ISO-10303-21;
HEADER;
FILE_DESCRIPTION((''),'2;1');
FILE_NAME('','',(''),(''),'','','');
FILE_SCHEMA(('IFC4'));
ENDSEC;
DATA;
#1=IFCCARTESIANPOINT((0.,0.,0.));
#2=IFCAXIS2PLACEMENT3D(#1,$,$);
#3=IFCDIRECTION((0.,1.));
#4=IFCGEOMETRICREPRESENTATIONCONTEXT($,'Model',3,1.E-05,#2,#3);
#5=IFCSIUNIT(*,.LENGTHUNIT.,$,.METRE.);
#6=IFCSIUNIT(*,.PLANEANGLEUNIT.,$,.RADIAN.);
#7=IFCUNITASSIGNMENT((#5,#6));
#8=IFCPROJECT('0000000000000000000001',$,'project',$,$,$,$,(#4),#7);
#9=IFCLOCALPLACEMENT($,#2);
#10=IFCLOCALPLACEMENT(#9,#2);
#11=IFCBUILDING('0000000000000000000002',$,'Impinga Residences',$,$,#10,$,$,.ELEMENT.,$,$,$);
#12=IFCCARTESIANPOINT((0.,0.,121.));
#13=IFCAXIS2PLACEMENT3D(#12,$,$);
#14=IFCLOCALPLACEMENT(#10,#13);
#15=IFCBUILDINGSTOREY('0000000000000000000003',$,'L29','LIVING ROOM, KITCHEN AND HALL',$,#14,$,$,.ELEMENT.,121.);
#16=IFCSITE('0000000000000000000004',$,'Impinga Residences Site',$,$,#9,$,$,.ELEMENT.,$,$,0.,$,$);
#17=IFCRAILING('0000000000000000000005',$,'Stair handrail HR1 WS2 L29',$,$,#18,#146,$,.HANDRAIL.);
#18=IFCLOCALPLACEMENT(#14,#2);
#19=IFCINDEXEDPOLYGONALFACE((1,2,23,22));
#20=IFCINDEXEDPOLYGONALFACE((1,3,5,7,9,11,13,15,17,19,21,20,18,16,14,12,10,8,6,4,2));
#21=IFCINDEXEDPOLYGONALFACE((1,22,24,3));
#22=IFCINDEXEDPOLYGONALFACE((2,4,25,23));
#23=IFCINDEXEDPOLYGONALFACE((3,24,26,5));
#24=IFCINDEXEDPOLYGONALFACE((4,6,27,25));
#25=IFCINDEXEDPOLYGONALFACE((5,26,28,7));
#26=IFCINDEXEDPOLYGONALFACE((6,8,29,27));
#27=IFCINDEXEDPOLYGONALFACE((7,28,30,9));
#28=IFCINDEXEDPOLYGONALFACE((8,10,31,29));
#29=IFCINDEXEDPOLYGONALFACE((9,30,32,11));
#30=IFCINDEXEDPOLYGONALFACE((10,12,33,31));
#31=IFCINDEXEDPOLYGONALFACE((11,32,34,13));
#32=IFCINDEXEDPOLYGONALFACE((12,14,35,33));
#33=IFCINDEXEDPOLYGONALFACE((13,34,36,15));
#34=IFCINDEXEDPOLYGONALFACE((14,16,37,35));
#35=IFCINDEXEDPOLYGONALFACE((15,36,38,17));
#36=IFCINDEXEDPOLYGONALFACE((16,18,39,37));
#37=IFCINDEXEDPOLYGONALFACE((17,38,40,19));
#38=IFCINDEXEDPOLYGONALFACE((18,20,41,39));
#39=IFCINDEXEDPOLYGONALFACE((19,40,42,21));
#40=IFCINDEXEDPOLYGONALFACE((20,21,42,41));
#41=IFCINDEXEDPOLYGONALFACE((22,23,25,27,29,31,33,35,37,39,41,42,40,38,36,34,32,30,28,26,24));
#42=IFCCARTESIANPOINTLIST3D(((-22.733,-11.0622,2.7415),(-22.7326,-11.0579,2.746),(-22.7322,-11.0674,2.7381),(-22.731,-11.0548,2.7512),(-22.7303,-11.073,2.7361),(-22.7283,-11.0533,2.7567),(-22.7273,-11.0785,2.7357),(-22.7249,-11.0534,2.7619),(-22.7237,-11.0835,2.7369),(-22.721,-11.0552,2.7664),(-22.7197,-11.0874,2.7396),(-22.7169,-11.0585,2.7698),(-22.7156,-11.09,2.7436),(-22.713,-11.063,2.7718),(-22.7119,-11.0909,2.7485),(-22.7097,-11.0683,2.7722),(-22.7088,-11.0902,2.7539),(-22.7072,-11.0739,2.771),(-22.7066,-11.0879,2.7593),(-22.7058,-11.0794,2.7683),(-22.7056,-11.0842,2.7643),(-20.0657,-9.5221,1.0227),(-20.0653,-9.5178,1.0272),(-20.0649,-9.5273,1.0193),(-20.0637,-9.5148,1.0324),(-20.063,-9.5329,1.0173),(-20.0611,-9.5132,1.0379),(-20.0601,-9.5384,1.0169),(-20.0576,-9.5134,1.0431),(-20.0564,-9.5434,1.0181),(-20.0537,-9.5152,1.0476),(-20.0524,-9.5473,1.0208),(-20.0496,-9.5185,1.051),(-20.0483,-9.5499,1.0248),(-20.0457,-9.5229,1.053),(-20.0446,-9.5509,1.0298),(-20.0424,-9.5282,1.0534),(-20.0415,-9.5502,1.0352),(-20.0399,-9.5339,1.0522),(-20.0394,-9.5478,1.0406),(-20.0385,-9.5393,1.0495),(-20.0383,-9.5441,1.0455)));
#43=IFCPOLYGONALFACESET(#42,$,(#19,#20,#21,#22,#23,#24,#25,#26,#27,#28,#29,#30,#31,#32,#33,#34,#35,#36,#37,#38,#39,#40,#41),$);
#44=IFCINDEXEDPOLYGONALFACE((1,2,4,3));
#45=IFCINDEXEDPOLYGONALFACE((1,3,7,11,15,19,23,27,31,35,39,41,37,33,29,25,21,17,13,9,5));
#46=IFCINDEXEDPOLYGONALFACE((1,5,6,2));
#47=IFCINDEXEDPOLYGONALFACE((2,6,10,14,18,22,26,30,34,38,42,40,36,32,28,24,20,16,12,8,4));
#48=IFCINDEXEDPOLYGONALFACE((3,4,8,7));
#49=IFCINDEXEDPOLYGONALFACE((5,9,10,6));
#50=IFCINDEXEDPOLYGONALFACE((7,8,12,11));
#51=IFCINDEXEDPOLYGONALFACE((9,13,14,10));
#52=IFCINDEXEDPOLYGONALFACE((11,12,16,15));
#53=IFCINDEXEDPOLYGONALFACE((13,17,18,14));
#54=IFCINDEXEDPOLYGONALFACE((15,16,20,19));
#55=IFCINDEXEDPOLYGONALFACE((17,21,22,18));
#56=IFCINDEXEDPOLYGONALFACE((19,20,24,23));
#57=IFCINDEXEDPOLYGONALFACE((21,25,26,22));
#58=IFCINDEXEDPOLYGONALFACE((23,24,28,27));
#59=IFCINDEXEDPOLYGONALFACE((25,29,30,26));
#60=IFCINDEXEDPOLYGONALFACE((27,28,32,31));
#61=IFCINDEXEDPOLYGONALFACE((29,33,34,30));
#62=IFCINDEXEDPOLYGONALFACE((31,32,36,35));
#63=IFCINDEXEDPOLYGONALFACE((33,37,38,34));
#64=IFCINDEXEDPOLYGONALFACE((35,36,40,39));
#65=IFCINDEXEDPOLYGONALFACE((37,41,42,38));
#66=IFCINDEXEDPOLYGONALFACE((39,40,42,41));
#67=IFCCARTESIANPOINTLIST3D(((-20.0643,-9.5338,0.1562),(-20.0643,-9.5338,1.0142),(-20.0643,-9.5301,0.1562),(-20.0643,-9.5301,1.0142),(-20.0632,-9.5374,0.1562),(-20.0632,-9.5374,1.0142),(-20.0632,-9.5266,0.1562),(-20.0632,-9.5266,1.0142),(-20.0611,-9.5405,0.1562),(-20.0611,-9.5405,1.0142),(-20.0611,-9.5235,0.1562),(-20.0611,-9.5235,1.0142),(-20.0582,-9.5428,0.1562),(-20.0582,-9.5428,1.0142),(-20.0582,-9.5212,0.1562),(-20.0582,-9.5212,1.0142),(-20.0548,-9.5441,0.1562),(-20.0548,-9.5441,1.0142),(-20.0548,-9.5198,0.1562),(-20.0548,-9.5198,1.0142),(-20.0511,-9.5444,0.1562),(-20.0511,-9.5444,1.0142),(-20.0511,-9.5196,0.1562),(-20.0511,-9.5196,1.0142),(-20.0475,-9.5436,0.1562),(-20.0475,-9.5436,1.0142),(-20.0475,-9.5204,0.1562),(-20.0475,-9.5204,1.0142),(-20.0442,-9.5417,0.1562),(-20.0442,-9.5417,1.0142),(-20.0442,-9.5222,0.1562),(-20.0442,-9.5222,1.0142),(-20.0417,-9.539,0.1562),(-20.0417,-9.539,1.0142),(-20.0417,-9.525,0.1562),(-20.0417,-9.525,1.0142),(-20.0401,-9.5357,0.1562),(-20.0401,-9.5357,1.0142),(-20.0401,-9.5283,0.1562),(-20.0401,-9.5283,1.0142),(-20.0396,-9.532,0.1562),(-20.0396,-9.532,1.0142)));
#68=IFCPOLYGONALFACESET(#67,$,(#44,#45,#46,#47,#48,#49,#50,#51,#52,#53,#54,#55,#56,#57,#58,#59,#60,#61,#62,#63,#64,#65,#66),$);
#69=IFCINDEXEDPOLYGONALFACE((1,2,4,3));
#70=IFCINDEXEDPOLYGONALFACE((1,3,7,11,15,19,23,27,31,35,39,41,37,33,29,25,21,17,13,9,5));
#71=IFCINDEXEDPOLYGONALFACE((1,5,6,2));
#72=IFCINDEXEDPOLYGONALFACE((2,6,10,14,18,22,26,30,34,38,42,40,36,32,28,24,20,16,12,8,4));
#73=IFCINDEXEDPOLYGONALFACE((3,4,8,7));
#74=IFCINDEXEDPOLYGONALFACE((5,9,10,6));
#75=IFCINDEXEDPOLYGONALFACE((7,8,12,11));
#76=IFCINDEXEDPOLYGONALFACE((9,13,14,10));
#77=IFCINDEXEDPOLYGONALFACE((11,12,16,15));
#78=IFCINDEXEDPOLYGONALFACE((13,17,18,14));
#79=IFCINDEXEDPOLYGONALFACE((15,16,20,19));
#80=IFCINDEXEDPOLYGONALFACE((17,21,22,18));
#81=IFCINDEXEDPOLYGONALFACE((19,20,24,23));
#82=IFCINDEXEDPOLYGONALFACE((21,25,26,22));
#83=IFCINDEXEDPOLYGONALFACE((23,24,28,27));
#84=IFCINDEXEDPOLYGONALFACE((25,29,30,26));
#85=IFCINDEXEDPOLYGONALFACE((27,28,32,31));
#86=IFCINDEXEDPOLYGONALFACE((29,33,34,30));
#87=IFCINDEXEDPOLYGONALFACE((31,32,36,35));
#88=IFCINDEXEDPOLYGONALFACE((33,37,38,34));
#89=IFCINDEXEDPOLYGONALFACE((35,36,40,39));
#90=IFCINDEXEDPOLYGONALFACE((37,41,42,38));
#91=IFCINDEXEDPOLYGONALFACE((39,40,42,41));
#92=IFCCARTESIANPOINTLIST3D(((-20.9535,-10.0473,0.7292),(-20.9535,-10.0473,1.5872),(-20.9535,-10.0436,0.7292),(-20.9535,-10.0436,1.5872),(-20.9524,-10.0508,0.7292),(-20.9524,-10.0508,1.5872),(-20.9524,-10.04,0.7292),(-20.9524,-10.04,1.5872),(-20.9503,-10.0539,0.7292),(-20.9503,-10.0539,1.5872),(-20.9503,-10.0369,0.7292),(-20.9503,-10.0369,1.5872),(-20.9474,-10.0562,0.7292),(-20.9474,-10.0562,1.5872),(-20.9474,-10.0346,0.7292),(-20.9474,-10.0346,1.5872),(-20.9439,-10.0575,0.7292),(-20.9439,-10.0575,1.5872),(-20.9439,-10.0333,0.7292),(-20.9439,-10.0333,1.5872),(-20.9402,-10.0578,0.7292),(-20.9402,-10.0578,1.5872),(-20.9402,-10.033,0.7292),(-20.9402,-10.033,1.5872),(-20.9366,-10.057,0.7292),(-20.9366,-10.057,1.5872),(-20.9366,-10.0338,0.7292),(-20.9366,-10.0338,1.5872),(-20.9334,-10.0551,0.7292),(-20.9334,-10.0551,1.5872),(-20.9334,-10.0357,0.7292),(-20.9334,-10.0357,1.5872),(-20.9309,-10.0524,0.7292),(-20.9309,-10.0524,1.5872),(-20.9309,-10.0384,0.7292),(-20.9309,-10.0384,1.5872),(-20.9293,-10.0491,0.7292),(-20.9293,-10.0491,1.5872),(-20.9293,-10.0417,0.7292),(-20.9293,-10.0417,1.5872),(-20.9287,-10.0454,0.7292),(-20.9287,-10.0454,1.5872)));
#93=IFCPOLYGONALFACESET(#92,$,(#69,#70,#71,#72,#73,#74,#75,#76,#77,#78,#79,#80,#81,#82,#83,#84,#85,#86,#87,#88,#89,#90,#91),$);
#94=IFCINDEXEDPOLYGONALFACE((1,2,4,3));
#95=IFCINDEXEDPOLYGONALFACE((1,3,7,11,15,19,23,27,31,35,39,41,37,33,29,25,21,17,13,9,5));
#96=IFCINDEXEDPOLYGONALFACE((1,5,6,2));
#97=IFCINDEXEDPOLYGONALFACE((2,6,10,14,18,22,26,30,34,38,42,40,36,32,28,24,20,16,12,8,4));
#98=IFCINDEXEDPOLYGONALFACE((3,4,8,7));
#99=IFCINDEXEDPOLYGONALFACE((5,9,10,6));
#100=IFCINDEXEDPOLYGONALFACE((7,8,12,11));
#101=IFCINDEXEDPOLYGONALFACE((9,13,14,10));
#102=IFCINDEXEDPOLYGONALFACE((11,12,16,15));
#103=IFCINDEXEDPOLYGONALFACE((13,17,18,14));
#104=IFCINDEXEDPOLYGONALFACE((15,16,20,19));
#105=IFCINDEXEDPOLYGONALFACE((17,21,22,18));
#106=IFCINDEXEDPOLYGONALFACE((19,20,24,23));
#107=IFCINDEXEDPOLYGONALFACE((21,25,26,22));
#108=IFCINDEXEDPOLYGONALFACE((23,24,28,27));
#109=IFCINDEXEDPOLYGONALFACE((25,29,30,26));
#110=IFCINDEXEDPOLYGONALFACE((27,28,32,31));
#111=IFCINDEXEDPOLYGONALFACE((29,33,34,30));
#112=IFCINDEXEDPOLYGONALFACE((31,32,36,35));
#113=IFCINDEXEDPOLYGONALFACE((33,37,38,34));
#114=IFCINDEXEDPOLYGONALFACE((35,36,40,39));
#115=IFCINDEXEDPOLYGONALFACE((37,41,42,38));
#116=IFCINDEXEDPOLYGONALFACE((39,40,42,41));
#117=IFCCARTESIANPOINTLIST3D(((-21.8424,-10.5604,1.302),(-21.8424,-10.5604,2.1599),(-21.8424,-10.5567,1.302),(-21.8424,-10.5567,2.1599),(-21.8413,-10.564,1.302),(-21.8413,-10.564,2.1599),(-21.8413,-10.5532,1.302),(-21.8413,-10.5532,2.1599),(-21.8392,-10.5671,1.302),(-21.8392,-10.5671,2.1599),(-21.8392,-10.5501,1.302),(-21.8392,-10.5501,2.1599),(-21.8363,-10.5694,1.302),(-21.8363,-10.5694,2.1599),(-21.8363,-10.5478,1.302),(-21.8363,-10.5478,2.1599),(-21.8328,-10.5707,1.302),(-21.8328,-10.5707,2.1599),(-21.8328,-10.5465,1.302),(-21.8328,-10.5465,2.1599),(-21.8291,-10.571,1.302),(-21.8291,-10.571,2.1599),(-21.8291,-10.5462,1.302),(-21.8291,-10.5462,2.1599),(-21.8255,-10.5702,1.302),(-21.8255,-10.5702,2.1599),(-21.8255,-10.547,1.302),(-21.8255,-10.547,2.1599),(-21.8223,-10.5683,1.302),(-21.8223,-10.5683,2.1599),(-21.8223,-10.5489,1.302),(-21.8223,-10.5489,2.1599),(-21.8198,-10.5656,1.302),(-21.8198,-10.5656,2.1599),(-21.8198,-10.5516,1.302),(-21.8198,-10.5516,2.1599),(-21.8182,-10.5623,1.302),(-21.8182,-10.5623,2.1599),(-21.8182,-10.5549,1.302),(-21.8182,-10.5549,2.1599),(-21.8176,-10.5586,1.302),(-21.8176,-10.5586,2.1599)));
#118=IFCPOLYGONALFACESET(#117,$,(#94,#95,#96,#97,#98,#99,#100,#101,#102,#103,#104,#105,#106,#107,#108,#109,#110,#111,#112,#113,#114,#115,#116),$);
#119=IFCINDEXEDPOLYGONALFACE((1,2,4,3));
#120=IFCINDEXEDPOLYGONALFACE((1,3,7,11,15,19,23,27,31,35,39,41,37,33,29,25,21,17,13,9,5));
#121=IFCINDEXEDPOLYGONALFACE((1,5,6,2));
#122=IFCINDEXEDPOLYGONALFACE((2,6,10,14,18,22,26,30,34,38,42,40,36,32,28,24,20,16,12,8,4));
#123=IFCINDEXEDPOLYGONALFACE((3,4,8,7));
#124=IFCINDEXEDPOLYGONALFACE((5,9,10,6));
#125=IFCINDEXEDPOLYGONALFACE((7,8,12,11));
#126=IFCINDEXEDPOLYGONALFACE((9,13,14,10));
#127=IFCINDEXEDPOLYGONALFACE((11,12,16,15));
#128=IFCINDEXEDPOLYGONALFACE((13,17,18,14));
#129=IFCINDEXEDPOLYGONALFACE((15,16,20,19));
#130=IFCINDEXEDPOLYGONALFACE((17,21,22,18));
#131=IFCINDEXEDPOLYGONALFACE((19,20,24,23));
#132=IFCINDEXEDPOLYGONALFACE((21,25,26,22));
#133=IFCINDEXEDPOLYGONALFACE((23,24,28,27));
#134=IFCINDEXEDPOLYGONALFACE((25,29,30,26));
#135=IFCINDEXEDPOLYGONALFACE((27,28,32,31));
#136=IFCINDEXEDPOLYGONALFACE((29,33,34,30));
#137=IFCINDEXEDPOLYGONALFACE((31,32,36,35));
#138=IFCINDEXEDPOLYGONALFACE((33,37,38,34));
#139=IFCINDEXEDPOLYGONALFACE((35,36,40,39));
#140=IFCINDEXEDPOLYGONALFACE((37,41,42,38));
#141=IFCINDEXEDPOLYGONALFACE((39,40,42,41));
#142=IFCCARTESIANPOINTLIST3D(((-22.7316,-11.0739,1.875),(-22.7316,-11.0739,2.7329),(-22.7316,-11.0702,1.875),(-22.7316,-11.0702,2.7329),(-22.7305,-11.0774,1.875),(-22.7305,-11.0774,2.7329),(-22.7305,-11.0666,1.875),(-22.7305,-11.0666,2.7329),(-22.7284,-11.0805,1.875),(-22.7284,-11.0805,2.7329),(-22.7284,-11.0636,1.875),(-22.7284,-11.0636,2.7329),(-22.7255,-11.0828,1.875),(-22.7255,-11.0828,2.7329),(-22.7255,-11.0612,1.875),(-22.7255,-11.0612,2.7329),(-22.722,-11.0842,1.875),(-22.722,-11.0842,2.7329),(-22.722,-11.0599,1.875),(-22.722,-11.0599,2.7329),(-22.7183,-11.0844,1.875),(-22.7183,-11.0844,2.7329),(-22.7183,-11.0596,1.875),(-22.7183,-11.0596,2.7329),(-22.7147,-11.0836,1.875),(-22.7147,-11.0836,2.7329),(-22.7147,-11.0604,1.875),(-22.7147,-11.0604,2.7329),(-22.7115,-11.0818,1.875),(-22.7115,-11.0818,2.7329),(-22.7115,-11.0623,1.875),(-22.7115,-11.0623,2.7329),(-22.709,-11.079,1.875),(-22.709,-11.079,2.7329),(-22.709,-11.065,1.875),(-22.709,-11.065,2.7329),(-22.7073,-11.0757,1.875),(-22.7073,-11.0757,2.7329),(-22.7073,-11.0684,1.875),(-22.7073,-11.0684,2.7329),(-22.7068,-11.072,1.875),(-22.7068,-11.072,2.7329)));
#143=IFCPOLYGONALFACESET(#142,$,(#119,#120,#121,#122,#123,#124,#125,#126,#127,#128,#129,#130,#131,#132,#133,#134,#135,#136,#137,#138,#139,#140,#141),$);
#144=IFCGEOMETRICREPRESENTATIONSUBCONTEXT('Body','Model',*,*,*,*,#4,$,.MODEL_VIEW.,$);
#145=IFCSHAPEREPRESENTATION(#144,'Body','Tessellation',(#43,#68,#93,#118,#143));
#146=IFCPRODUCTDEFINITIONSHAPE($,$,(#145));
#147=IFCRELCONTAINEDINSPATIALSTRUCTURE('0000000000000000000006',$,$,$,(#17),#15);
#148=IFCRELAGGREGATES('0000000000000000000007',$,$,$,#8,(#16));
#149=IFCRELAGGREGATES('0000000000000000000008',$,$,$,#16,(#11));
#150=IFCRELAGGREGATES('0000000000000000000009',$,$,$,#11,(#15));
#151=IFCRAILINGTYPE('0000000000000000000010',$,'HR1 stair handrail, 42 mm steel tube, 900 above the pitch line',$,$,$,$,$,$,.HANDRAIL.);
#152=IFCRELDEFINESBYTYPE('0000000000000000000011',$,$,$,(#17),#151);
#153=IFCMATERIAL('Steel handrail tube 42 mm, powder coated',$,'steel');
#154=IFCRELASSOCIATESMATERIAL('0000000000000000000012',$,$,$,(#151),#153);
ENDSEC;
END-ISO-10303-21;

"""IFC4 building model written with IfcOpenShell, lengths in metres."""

from ifc_helpers import new_model, si_unit, direction, frame, origin, origin_2d, place, context, subcontext, project, spatial, circle, extrude, material, type_object, element, save


model = new_model("IFC4")

# Units and contexts
model_context = context("Model", 3, precision=1e-05, world=origin(), true_north=direction((0.0, 1.0)))
body_context = subcontext(model_context, "Body", "Model", "MODEL_VIEW")
ifc_project = project(units=[si_unit("LENGTHUNIT", "METRE"), si_unit("PLANEANGLEUNIT", "RADIAN")], contexts=[model_context])

# Site, building, storey
site_placement = place(None, origin())
site = spatial("IfcSite", under=ifc_project, at=site_placement, Name="Impinga Residences Site", CompositionType="ELEMENT", RefElevation=0.0)
building_placement = place(site_placement, origin())
building = spatial("IfcBuilding", under=site, at=building_placement, Name="Impinga Residences", CompositionType="ELEMENT")
storey_placement = place(building_placement, frame((0.0, 0.0, 121.0)))
storey = spatial("IfcBuildingStorey", under=building, at=storey_placement, Name="L29", Description="LIVING ROOM, KITCHEN AND HALL", CompositionType="ELEMENT", Elevation=121.0)

# Railing
ifc_material_1 = material(Name="Steel handrail tube 42 mm, powder coated", Category="steel")
railing_type_1 = type_object("IfcRailingType", Name="HR1 stair handrail, 42 mm steel tube, 900 above the pitch line", PredefinedType="HANDRAIL", material=ifc_material_1)
railing_1_placement = place(storey_placement, frame((-20.052, -9.532, 0.1562)))
element("IfcRailing", 1, at=railing_1_placement, inside=storey, type_object=railing_type_1, Name="Stair handrail HR1 WS2 L29", PredefinedType="HANDRAIL", context=body_context, shape_type="SweptSolid", body=[
    extrude(circle(Radius=0.021, at=origin_2d()), frame((0.0, 0.0, 0.8789), z_axis=(-0.756226, -0.436639, 0.487307), x_axis=(0.500027, -0.86601, 0.0)), (0.0, 0.0, 1.0), 3.5271),
    extrude(circle(Radius=0.0125, at=origin_2d()), origin(), (0.0, 0.0, 1.0), 0.8579),
    extrude(circle(Radius=0.0125, at=origin_2d()), frame((-0.8892, -0.5134, 0.573)), (0.0, 0.0, 1.0), 0.8579),
    extrude(circle(Radius=0.0125, at=origin_2d()), frame((-1.7781, -1.0266, 1.1458)), (0.0, 0.0, 1.0), 0.8579),
    extrude(circle(Radius=0.0125, at=origin_2d()), frame((-2.6672, -1.54, 1.7188)), (0.0, 0.0, 1.0), 0.8579),
])

save(model, "model.ifc")
